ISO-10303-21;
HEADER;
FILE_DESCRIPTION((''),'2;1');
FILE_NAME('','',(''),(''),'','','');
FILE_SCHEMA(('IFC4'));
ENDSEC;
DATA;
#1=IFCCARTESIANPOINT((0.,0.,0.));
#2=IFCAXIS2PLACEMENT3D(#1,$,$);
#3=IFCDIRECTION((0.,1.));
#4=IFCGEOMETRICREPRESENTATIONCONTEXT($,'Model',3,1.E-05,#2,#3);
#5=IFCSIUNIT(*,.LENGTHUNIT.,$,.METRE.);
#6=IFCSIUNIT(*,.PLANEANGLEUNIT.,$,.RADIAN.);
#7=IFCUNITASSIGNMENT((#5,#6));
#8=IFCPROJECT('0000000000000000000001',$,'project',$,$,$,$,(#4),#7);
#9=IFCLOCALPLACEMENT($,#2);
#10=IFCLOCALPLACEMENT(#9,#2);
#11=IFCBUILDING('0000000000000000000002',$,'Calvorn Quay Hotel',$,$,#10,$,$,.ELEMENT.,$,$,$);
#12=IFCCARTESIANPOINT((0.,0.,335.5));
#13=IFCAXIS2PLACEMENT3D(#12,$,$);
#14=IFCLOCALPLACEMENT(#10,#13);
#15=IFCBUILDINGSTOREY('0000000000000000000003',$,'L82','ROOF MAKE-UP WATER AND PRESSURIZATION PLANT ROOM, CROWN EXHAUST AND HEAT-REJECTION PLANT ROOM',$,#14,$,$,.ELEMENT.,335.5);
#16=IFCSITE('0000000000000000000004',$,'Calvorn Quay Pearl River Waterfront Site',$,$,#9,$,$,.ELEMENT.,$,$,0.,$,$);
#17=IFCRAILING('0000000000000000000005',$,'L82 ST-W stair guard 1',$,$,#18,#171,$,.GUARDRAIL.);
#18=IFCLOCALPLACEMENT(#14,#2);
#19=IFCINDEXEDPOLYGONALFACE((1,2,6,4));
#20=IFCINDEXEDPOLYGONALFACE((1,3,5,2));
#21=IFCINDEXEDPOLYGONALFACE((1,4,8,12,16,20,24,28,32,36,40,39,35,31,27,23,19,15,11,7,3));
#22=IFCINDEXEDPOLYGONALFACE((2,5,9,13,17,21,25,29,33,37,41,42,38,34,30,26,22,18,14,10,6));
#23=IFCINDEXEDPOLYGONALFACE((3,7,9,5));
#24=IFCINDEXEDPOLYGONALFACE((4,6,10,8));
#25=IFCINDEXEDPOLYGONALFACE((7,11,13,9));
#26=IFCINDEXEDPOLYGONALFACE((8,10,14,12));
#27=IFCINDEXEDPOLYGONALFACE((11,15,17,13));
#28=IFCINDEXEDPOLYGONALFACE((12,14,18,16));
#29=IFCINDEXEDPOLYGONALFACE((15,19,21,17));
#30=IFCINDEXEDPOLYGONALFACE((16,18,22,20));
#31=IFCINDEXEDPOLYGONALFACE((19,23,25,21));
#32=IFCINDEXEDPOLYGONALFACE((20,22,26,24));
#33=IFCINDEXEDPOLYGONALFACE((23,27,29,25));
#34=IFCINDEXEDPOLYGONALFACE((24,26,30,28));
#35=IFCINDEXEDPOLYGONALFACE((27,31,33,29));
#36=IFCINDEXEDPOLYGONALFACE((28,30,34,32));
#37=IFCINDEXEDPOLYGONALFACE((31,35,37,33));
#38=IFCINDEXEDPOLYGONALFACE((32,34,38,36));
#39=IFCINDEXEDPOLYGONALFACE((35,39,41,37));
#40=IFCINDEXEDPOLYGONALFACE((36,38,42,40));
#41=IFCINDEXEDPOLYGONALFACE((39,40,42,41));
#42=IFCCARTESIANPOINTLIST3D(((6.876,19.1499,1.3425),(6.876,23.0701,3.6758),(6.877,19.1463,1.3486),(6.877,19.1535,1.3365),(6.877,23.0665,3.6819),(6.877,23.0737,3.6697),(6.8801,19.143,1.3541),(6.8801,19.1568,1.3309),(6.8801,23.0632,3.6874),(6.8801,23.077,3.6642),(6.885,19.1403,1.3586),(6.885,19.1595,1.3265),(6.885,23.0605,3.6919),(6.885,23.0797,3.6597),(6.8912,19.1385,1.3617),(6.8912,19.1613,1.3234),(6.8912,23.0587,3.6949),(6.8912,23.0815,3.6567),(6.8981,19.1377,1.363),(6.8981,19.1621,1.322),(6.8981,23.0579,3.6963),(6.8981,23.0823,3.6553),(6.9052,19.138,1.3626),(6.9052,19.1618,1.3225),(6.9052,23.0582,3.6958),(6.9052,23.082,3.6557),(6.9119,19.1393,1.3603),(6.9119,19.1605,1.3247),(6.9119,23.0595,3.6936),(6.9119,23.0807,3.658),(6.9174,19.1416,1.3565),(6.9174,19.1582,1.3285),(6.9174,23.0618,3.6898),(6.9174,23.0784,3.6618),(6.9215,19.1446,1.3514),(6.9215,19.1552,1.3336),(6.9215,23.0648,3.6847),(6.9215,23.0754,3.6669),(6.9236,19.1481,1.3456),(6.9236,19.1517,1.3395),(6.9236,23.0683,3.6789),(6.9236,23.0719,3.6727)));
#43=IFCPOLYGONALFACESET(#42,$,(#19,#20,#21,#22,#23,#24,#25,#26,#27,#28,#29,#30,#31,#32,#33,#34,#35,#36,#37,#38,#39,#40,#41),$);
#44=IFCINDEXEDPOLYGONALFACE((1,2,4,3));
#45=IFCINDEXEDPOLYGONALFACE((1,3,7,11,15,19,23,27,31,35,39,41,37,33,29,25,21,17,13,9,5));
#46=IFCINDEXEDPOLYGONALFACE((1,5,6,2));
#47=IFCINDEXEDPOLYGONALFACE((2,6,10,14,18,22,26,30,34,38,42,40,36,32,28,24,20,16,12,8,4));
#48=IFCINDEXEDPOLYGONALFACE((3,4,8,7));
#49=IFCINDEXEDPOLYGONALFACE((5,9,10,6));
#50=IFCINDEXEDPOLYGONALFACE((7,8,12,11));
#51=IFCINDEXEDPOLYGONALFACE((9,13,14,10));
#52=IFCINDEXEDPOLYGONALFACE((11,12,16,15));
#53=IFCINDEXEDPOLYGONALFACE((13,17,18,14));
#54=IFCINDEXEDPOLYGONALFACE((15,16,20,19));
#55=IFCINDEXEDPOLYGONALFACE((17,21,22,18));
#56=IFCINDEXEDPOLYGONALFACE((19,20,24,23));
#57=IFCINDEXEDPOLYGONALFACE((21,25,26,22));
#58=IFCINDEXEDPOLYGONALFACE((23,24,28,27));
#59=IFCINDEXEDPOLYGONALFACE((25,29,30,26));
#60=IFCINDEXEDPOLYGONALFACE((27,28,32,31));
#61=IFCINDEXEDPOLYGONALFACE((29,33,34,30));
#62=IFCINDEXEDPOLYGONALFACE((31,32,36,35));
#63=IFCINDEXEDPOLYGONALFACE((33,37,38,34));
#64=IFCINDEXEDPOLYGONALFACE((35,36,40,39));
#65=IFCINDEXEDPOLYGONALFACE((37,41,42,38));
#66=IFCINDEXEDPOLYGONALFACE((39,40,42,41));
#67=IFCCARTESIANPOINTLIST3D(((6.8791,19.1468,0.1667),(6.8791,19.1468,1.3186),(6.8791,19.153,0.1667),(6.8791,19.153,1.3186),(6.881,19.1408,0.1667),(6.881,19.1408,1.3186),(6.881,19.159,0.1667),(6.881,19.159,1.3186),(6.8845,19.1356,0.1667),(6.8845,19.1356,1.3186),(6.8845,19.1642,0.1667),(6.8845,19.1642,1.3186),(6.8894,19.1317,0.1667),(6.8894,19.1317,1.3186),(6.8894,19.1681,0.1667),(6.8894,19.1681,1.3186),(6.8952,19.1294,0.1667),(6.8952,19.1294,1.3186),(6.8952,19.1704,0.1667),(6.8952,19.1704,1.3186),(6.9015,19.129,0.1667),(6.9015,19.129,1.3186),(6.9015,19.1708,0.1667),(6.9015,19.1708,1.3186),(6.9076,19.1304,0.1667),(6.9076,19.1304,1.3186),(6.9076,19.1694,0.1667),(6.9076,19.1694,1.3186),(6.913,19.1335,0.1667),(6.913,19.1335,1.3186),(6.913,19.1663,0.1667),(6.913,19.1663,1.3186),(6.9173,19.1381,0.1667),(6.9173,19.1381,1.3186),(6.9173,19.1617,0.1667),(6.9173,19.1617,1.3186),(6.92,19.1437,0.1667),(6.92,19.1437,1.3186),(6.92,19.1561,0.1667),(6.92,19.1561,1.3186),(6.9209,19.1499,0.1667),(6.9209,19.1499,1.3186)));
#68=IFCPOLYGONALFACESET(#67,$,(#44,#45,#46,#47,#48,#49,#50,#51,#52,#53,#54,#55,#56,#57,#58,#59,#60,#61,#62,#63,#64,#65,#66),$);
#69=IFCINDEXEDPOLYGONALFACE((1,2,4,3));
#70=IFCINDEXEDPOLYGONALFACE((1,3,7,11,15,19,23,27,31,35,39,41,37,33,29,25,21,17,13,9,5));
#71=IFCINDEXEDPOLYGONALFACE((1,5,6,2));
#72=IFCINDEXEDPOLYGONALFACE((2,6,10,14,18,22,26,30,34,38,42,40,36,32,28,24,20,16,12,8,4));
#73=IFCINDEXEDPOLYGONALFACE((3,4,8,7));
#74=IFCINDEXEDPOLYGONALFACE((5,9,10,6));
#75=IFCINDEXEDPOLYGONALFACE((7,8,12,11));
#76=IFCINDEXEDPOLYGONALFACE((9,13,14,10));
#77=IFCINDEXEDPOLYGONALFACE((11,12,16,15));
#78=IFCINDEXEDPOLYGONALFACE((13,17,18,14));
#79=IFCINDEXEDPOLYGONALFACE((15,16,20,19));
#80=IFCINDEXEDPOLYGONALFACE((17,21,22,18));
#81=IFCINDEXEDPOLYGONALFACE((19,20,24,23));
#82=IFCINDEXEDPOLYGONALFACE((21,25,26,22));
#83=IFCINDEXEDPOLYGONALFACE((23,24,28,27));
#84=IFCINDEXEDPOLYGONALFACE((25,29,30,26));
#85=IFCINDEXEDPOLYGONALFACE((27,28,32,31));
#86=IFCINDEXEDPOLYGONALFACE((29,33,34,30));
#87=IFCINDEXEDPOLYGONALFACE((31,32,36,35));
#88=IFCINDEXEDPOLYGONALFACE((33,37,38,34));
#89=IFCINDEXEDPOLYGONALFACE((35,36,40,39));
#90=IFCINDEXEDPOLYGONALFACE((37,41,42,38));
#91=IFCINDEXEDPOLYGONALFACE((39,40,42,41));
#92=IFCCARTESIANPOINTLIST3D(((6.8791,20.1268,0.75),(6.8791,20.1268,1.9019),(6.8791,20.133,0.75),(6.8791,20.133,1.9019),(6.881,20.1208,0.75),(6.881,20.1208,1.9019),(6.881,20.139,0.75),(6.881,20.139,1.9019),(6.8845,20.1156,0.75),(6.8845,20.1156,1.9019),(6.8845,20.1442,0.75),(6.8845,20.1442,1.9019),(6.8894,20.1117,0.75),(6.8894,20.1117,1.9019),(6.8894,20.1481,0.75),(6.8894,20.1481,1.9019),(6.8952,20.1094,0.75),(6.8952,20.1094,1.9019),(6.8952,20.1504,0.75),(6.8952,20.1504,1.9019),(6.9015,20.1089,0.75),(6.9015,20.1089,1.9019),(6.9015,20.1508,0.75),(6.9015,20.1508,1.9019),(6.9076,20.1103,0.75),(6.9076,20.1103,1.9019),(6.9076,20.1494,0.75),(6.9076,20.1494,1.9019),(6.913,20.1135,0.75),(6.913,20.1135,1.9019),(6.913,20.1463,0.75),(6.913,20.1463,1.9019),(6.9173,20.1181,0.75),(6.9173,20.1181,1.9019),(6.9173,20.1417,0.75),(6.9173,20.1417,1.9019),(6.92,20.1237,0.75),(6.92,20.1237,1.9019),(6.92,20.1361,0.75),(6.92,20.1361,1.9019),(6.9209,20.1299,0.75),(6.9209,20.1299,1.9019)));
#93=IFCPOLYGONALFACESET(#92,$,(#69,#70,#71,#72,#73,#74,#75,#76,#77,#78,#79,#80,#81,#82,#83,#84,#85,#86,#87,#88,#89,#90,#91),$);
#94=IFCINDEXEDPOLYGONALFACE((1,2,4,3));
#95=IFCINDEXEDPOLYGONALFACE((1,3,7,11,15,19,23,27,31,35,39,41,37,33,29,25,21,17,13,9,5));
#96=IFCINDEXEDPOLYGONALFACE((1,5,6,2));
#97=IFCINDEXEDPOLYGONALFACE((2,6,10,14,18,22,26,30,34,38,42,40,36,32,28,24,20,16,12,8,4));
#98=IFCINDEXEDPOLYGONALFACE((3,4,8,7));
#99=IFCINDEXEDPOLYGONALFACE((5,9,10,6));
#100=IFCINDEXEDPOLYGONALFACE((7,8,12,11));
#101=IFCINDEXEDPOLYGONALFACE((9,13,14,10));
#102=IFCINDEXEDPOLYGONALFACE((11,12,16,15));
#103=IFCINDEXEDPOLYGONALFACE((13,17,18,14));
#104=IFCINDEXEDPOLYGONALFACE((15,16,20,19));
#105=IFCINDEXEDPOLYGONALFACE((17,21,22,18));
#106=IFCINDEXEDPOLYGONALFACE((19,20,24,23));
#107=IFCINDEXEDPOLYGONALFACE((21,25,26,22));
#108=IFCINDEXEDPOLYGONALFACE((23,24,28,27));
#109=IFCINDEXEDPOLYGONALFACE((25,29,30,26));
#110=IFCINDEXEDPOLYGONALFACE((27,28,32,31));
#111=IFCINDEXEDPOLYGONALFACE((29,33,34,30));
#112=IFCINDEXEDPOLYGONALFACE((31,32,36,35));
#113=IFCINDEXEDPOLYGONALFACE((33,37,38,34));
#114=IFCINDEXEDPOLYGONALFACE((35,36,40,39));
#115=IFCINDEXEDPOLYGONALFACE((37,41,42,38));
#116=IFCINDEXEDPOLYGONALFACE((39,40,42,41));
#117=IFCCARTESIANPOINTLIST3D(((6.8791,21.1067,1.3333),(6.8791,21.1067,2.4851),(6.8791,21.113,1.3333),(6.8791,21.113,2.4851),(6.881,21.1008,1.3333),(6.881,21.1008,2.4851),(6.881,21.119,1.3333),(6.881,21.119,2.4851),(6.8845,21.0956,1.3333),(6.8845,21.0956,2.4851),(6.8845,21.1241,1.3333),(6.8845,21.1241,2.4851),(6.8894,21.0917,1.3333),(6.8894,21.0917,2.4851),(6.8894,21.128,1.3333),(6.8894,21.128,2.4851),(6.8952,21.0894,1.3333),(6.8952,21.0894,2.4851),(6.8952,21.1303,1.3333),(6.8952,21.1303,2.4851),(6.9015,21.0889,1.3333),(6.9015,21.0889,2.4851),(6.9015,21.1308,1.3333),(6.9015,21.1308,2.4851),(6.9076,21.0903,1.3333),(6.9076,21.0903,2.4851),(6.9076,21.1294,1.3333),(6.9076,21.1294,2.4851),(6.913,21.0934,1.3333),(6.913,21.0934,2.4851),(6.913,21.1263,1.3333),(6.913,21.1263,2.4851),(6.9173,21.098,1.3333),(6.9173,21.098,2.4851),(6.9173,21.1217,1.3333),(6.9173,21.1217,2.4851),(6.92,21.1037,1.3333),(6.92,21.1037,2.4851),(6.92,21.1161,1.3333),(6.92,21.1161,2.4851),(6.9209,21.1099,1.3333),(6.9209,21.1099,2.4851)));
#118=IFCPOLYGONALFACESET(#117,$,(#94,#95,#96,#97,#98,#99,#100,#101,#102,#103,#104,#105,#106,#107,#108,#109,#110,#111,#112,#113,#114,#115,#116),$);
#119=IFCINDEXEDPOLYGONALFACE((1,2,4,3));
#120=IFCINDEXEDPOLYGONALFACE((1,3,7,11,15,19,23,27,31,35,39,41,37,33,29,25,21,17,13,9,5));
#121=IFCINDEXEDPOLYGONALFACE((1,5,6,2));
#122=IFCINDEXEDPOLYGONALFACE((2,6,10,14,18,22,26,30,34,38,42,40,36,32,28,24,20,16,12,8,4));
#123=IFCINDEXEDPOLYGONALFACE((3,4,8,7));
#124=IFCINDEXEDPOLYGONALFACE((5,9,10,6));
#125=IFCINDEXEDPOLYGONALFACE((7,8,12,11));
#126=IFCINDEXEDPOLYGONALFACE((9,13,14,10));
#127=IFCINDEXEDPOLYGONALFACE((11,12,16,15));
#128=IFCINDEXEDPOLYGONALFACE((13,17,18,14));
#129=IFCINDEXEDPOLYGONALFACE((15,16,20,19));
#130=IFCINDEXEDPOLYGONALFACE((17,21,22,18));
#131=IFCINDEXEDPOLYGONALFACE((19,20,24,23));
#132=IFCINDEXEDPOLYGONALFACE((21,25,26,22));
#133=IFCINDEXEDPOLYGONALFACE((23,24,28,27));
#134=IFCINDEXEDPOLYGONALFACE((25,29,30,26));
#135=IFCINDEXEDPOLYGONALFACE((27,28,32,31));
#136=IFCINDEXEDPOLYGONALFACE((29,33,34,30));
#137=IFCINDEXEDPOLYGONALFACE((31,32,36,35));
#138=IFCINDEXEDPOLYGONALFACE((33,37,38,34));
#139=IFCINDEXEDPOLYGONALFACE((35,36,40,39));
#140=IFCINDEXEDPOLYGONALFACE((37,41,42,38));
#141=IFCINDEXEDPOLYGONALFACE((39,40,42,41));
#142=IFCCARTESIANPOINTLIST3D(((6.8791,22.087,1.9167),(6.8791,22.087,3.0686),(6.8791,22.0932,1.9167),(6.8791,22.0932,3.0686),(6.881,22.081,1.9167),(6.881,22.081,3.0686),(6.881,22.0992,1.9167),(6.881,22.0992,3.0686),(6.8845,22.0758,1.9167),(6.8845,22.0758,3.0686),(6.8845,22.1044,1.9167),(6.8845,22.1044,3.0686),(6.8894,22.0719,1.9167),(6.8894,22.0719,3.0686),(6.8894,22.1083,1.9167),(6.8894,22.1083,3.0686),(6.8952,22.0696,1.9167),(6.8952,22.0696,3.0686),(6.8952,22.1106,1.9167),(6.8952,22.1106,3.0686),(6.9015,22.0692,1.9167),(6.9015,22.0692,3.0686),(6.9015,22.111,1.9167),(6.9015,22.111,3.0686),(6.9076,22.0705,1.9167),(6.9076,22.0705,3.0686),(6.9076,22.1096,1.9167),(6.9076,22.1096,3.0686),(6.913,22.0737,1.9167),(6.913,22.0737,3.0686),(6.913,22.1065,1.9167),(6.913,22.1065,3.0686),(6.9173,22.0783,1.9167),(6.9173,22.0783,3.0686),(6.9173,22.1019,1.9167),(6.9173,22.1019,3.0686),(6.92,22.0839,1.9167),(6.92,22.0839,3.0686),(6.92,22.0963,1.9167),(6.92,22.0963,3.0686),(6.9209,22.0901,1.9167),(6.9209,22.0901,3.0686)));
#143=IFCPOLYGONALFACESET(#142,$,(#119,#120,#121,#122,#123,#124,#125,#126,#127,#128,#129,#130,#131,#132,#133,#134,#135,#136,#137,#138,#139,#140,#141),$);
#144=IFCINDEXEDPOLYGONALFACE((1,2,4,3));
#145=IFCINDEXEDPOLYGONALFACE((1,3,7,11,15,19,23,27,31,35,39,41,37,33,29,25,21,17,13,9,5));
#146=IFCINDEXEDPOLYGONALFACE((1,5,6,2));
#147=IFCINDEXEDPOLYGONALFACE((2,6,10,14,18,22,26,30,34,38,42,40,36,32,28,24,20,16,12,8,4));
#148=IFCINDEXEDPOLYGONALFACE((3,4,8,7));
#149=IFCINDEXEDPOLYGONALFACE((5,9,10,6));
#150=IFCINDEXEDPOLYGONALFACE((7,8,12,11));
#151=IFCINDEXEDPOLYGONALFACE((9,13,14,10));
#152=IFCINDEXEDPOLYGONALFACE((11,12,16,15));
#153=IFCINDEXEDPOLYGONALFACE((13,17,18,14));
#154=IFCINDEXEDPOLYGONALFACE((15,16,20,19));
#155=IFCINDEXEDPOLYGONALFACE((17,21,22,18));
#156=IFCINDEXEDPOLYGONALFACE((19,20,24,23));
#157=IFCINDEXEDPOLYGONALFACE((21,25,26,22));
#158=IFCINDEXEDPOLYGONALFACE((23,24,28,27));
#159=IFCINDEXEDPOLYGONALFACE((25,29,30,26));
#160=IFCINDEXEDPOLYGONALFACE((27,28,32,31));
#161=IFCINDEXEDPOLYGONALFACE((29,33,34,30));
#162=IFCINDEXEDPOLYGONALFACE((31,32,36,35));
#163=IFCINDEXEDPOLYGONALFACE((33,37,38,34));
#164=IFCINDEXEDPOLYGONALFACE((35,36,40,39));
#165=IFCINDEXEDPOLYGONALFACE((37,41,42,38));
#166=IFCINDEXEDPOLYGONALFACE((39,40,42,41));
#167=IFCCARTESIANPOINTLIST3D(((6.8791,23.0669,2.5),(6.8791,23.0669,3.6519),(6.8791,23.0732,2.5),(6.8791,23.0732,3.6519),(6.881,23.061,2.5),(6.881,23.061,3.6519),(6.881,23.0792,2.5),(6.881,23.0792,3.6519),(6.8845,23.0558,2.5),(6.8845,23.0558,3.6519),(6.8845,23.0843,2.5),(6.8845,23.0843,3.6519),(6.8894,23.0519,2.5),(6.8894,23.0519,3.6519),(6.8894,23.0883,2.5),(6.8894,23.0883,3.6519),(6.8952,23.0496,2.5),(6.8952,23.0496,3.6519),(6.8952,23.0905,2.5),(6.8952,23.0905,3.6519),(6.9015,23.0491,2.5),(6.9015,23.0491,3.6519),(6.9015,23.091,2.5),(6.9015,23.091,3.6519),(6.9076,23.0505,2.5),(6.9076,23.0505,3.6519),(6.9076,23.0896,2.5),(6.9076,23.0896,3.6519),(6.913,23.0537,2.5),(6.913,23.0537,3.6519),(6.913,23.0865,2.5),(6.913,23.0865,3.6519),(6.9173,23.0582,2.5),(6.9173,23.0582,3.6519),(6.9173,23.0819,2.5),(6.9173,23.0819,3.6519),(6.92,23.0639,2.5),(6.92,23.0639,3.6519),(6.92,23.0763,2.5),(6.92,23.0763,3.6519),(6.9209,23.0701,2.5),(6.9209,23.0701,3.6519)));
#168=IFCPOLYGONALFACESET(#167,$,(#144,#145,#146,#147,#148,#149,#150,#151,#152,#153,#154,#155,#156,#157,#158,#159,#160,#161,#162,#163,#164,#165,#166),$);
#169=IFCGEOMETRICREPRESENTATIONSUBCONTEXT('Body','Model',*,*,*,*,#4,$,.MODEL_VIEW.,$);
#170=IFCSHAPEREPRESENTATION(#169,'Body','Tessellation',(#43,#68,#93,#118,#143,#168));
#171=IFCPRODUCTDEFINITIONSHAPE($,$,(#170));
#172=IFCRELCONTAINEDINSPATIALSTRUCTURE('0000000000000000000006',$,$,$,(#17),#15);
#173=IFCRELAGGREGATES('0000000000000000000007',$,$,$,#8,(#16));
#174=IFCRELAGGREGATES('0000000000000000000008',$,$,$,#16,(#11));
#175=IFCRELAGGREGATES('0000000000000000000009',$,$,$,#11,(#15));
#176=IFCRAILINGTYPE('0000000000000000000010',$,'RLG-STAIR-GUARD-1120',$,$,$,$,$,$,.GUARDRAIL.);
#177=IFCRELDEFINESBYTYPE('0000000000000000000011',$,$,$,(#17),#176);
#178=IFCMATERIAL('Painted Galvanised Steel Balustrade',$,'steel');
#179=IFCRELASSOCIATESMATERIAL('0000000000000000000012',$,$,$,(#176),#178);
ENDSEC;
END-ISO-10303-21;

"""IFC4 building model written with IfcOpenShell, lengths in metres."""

from ifc_helpers import new_model, si_unit, direction, frame, origin, origin_2d, place, context, subcontext, project, spatial, circle, extrude, material, type_object, element, save


model = new_model("IFC4")

# Units and contexts
model_context = context("Model", 3, precision=1e-05, world=origin(), true_north=direction((0.0, 1.0)))
body_context = subcontext(model_context, "Body", "Model", "MODEL_VIEW")
ifc_project = project(units=[si_unit("LENGTHUNIT", "METRE"), si_unit("PLANEANGLEUNIT", "RADIAN")], contexts=[model_context])

# Site, building, storey
site_placement = place(None, origin())
site = spatial("IfcSite", under=ifc_project, at=site_placement, Name="Calvorn Quay Pearl River Waterfront Site", CompositionType="ELEMENT", RefElevation=0.0)
building_placement = place(site_placement, origin())
building = spatial("IfcBuilding", under=site, at=building_placement, Name="Calvorn Quay Hotel", CompositionType="ELEMENT")
storey_placement = place(building_placement, frame((0.0, 0.0, 335.5)))
storey = spatial("IfcBuildingStorey", under=building, at=storey_placement, Name="L82", Description="ROOF MAKE-UP WATER AND PRESSURIZATION PLANT ROOM, CROWN EXHAUST AND HEAT-REJECTION PLANT ROOM", CompositionType="ELEMENT", Elevation=335.5)

# Railing
ifc_material_1 = material(Name="Painted Galvanised Steel Balustrade", Category="steel")
railing_type_1 = type_object("IfcRailingType", Name="RLG-STAIR-GUARD-1120", PredefinedType="GUARDRAIL", material=ifc_material_1)
railing_1_placement = place(storey_placement, frame((6.8999, 19.1499, 0.1667)))
element("IfcRailing", 1, at=railing_1_placement, inside=storey, type_object=railing_type_1, Name="L82 ST-W stair guard 1", PredefinedType="GUARDRAIL", context=body_context, shape_type="SweptSolid", body=[
    extrude(circle(Radius=0.0239, at=origin_2d()), frame((0.0, 0.0, 1.1758), z_axis=(0.0, 0.85931, 0.511455), x_axis=(-1.0, 0.0, 0.0)), (0.0, 0.0, 1.0), 4.562),
    extrude(circle(Radius=0.021, at=origin_2d()), origin(), (0.0, 0.0, 1.0), 1.1519),
    extrude(circle(Radius=0.021, at=origin_2d()), frame((0.0, 0.98, 0.5833)), (0.0, 0.0, 1.0), 1.1519),
    extrude(circle(Radius=0.021, at=origin_2d()), frame((0.0, 1.96, 1.1665)), (0.0, 0.0, 1.0), 1.1519),
    extrude(circle(Radius=0.021, at=origin_2d()), frame((0.0, 2.9402, 1.75)), (0.0, 0.0, 1.0), 1.1519),
    extrude(circle(Radius=0.021, at=origin_2d()), frame((0.0, 3.9202, 2.3333)), (0.0, 0.0, 1.0), 1.1519),
])

save(model, "model.ifc")
